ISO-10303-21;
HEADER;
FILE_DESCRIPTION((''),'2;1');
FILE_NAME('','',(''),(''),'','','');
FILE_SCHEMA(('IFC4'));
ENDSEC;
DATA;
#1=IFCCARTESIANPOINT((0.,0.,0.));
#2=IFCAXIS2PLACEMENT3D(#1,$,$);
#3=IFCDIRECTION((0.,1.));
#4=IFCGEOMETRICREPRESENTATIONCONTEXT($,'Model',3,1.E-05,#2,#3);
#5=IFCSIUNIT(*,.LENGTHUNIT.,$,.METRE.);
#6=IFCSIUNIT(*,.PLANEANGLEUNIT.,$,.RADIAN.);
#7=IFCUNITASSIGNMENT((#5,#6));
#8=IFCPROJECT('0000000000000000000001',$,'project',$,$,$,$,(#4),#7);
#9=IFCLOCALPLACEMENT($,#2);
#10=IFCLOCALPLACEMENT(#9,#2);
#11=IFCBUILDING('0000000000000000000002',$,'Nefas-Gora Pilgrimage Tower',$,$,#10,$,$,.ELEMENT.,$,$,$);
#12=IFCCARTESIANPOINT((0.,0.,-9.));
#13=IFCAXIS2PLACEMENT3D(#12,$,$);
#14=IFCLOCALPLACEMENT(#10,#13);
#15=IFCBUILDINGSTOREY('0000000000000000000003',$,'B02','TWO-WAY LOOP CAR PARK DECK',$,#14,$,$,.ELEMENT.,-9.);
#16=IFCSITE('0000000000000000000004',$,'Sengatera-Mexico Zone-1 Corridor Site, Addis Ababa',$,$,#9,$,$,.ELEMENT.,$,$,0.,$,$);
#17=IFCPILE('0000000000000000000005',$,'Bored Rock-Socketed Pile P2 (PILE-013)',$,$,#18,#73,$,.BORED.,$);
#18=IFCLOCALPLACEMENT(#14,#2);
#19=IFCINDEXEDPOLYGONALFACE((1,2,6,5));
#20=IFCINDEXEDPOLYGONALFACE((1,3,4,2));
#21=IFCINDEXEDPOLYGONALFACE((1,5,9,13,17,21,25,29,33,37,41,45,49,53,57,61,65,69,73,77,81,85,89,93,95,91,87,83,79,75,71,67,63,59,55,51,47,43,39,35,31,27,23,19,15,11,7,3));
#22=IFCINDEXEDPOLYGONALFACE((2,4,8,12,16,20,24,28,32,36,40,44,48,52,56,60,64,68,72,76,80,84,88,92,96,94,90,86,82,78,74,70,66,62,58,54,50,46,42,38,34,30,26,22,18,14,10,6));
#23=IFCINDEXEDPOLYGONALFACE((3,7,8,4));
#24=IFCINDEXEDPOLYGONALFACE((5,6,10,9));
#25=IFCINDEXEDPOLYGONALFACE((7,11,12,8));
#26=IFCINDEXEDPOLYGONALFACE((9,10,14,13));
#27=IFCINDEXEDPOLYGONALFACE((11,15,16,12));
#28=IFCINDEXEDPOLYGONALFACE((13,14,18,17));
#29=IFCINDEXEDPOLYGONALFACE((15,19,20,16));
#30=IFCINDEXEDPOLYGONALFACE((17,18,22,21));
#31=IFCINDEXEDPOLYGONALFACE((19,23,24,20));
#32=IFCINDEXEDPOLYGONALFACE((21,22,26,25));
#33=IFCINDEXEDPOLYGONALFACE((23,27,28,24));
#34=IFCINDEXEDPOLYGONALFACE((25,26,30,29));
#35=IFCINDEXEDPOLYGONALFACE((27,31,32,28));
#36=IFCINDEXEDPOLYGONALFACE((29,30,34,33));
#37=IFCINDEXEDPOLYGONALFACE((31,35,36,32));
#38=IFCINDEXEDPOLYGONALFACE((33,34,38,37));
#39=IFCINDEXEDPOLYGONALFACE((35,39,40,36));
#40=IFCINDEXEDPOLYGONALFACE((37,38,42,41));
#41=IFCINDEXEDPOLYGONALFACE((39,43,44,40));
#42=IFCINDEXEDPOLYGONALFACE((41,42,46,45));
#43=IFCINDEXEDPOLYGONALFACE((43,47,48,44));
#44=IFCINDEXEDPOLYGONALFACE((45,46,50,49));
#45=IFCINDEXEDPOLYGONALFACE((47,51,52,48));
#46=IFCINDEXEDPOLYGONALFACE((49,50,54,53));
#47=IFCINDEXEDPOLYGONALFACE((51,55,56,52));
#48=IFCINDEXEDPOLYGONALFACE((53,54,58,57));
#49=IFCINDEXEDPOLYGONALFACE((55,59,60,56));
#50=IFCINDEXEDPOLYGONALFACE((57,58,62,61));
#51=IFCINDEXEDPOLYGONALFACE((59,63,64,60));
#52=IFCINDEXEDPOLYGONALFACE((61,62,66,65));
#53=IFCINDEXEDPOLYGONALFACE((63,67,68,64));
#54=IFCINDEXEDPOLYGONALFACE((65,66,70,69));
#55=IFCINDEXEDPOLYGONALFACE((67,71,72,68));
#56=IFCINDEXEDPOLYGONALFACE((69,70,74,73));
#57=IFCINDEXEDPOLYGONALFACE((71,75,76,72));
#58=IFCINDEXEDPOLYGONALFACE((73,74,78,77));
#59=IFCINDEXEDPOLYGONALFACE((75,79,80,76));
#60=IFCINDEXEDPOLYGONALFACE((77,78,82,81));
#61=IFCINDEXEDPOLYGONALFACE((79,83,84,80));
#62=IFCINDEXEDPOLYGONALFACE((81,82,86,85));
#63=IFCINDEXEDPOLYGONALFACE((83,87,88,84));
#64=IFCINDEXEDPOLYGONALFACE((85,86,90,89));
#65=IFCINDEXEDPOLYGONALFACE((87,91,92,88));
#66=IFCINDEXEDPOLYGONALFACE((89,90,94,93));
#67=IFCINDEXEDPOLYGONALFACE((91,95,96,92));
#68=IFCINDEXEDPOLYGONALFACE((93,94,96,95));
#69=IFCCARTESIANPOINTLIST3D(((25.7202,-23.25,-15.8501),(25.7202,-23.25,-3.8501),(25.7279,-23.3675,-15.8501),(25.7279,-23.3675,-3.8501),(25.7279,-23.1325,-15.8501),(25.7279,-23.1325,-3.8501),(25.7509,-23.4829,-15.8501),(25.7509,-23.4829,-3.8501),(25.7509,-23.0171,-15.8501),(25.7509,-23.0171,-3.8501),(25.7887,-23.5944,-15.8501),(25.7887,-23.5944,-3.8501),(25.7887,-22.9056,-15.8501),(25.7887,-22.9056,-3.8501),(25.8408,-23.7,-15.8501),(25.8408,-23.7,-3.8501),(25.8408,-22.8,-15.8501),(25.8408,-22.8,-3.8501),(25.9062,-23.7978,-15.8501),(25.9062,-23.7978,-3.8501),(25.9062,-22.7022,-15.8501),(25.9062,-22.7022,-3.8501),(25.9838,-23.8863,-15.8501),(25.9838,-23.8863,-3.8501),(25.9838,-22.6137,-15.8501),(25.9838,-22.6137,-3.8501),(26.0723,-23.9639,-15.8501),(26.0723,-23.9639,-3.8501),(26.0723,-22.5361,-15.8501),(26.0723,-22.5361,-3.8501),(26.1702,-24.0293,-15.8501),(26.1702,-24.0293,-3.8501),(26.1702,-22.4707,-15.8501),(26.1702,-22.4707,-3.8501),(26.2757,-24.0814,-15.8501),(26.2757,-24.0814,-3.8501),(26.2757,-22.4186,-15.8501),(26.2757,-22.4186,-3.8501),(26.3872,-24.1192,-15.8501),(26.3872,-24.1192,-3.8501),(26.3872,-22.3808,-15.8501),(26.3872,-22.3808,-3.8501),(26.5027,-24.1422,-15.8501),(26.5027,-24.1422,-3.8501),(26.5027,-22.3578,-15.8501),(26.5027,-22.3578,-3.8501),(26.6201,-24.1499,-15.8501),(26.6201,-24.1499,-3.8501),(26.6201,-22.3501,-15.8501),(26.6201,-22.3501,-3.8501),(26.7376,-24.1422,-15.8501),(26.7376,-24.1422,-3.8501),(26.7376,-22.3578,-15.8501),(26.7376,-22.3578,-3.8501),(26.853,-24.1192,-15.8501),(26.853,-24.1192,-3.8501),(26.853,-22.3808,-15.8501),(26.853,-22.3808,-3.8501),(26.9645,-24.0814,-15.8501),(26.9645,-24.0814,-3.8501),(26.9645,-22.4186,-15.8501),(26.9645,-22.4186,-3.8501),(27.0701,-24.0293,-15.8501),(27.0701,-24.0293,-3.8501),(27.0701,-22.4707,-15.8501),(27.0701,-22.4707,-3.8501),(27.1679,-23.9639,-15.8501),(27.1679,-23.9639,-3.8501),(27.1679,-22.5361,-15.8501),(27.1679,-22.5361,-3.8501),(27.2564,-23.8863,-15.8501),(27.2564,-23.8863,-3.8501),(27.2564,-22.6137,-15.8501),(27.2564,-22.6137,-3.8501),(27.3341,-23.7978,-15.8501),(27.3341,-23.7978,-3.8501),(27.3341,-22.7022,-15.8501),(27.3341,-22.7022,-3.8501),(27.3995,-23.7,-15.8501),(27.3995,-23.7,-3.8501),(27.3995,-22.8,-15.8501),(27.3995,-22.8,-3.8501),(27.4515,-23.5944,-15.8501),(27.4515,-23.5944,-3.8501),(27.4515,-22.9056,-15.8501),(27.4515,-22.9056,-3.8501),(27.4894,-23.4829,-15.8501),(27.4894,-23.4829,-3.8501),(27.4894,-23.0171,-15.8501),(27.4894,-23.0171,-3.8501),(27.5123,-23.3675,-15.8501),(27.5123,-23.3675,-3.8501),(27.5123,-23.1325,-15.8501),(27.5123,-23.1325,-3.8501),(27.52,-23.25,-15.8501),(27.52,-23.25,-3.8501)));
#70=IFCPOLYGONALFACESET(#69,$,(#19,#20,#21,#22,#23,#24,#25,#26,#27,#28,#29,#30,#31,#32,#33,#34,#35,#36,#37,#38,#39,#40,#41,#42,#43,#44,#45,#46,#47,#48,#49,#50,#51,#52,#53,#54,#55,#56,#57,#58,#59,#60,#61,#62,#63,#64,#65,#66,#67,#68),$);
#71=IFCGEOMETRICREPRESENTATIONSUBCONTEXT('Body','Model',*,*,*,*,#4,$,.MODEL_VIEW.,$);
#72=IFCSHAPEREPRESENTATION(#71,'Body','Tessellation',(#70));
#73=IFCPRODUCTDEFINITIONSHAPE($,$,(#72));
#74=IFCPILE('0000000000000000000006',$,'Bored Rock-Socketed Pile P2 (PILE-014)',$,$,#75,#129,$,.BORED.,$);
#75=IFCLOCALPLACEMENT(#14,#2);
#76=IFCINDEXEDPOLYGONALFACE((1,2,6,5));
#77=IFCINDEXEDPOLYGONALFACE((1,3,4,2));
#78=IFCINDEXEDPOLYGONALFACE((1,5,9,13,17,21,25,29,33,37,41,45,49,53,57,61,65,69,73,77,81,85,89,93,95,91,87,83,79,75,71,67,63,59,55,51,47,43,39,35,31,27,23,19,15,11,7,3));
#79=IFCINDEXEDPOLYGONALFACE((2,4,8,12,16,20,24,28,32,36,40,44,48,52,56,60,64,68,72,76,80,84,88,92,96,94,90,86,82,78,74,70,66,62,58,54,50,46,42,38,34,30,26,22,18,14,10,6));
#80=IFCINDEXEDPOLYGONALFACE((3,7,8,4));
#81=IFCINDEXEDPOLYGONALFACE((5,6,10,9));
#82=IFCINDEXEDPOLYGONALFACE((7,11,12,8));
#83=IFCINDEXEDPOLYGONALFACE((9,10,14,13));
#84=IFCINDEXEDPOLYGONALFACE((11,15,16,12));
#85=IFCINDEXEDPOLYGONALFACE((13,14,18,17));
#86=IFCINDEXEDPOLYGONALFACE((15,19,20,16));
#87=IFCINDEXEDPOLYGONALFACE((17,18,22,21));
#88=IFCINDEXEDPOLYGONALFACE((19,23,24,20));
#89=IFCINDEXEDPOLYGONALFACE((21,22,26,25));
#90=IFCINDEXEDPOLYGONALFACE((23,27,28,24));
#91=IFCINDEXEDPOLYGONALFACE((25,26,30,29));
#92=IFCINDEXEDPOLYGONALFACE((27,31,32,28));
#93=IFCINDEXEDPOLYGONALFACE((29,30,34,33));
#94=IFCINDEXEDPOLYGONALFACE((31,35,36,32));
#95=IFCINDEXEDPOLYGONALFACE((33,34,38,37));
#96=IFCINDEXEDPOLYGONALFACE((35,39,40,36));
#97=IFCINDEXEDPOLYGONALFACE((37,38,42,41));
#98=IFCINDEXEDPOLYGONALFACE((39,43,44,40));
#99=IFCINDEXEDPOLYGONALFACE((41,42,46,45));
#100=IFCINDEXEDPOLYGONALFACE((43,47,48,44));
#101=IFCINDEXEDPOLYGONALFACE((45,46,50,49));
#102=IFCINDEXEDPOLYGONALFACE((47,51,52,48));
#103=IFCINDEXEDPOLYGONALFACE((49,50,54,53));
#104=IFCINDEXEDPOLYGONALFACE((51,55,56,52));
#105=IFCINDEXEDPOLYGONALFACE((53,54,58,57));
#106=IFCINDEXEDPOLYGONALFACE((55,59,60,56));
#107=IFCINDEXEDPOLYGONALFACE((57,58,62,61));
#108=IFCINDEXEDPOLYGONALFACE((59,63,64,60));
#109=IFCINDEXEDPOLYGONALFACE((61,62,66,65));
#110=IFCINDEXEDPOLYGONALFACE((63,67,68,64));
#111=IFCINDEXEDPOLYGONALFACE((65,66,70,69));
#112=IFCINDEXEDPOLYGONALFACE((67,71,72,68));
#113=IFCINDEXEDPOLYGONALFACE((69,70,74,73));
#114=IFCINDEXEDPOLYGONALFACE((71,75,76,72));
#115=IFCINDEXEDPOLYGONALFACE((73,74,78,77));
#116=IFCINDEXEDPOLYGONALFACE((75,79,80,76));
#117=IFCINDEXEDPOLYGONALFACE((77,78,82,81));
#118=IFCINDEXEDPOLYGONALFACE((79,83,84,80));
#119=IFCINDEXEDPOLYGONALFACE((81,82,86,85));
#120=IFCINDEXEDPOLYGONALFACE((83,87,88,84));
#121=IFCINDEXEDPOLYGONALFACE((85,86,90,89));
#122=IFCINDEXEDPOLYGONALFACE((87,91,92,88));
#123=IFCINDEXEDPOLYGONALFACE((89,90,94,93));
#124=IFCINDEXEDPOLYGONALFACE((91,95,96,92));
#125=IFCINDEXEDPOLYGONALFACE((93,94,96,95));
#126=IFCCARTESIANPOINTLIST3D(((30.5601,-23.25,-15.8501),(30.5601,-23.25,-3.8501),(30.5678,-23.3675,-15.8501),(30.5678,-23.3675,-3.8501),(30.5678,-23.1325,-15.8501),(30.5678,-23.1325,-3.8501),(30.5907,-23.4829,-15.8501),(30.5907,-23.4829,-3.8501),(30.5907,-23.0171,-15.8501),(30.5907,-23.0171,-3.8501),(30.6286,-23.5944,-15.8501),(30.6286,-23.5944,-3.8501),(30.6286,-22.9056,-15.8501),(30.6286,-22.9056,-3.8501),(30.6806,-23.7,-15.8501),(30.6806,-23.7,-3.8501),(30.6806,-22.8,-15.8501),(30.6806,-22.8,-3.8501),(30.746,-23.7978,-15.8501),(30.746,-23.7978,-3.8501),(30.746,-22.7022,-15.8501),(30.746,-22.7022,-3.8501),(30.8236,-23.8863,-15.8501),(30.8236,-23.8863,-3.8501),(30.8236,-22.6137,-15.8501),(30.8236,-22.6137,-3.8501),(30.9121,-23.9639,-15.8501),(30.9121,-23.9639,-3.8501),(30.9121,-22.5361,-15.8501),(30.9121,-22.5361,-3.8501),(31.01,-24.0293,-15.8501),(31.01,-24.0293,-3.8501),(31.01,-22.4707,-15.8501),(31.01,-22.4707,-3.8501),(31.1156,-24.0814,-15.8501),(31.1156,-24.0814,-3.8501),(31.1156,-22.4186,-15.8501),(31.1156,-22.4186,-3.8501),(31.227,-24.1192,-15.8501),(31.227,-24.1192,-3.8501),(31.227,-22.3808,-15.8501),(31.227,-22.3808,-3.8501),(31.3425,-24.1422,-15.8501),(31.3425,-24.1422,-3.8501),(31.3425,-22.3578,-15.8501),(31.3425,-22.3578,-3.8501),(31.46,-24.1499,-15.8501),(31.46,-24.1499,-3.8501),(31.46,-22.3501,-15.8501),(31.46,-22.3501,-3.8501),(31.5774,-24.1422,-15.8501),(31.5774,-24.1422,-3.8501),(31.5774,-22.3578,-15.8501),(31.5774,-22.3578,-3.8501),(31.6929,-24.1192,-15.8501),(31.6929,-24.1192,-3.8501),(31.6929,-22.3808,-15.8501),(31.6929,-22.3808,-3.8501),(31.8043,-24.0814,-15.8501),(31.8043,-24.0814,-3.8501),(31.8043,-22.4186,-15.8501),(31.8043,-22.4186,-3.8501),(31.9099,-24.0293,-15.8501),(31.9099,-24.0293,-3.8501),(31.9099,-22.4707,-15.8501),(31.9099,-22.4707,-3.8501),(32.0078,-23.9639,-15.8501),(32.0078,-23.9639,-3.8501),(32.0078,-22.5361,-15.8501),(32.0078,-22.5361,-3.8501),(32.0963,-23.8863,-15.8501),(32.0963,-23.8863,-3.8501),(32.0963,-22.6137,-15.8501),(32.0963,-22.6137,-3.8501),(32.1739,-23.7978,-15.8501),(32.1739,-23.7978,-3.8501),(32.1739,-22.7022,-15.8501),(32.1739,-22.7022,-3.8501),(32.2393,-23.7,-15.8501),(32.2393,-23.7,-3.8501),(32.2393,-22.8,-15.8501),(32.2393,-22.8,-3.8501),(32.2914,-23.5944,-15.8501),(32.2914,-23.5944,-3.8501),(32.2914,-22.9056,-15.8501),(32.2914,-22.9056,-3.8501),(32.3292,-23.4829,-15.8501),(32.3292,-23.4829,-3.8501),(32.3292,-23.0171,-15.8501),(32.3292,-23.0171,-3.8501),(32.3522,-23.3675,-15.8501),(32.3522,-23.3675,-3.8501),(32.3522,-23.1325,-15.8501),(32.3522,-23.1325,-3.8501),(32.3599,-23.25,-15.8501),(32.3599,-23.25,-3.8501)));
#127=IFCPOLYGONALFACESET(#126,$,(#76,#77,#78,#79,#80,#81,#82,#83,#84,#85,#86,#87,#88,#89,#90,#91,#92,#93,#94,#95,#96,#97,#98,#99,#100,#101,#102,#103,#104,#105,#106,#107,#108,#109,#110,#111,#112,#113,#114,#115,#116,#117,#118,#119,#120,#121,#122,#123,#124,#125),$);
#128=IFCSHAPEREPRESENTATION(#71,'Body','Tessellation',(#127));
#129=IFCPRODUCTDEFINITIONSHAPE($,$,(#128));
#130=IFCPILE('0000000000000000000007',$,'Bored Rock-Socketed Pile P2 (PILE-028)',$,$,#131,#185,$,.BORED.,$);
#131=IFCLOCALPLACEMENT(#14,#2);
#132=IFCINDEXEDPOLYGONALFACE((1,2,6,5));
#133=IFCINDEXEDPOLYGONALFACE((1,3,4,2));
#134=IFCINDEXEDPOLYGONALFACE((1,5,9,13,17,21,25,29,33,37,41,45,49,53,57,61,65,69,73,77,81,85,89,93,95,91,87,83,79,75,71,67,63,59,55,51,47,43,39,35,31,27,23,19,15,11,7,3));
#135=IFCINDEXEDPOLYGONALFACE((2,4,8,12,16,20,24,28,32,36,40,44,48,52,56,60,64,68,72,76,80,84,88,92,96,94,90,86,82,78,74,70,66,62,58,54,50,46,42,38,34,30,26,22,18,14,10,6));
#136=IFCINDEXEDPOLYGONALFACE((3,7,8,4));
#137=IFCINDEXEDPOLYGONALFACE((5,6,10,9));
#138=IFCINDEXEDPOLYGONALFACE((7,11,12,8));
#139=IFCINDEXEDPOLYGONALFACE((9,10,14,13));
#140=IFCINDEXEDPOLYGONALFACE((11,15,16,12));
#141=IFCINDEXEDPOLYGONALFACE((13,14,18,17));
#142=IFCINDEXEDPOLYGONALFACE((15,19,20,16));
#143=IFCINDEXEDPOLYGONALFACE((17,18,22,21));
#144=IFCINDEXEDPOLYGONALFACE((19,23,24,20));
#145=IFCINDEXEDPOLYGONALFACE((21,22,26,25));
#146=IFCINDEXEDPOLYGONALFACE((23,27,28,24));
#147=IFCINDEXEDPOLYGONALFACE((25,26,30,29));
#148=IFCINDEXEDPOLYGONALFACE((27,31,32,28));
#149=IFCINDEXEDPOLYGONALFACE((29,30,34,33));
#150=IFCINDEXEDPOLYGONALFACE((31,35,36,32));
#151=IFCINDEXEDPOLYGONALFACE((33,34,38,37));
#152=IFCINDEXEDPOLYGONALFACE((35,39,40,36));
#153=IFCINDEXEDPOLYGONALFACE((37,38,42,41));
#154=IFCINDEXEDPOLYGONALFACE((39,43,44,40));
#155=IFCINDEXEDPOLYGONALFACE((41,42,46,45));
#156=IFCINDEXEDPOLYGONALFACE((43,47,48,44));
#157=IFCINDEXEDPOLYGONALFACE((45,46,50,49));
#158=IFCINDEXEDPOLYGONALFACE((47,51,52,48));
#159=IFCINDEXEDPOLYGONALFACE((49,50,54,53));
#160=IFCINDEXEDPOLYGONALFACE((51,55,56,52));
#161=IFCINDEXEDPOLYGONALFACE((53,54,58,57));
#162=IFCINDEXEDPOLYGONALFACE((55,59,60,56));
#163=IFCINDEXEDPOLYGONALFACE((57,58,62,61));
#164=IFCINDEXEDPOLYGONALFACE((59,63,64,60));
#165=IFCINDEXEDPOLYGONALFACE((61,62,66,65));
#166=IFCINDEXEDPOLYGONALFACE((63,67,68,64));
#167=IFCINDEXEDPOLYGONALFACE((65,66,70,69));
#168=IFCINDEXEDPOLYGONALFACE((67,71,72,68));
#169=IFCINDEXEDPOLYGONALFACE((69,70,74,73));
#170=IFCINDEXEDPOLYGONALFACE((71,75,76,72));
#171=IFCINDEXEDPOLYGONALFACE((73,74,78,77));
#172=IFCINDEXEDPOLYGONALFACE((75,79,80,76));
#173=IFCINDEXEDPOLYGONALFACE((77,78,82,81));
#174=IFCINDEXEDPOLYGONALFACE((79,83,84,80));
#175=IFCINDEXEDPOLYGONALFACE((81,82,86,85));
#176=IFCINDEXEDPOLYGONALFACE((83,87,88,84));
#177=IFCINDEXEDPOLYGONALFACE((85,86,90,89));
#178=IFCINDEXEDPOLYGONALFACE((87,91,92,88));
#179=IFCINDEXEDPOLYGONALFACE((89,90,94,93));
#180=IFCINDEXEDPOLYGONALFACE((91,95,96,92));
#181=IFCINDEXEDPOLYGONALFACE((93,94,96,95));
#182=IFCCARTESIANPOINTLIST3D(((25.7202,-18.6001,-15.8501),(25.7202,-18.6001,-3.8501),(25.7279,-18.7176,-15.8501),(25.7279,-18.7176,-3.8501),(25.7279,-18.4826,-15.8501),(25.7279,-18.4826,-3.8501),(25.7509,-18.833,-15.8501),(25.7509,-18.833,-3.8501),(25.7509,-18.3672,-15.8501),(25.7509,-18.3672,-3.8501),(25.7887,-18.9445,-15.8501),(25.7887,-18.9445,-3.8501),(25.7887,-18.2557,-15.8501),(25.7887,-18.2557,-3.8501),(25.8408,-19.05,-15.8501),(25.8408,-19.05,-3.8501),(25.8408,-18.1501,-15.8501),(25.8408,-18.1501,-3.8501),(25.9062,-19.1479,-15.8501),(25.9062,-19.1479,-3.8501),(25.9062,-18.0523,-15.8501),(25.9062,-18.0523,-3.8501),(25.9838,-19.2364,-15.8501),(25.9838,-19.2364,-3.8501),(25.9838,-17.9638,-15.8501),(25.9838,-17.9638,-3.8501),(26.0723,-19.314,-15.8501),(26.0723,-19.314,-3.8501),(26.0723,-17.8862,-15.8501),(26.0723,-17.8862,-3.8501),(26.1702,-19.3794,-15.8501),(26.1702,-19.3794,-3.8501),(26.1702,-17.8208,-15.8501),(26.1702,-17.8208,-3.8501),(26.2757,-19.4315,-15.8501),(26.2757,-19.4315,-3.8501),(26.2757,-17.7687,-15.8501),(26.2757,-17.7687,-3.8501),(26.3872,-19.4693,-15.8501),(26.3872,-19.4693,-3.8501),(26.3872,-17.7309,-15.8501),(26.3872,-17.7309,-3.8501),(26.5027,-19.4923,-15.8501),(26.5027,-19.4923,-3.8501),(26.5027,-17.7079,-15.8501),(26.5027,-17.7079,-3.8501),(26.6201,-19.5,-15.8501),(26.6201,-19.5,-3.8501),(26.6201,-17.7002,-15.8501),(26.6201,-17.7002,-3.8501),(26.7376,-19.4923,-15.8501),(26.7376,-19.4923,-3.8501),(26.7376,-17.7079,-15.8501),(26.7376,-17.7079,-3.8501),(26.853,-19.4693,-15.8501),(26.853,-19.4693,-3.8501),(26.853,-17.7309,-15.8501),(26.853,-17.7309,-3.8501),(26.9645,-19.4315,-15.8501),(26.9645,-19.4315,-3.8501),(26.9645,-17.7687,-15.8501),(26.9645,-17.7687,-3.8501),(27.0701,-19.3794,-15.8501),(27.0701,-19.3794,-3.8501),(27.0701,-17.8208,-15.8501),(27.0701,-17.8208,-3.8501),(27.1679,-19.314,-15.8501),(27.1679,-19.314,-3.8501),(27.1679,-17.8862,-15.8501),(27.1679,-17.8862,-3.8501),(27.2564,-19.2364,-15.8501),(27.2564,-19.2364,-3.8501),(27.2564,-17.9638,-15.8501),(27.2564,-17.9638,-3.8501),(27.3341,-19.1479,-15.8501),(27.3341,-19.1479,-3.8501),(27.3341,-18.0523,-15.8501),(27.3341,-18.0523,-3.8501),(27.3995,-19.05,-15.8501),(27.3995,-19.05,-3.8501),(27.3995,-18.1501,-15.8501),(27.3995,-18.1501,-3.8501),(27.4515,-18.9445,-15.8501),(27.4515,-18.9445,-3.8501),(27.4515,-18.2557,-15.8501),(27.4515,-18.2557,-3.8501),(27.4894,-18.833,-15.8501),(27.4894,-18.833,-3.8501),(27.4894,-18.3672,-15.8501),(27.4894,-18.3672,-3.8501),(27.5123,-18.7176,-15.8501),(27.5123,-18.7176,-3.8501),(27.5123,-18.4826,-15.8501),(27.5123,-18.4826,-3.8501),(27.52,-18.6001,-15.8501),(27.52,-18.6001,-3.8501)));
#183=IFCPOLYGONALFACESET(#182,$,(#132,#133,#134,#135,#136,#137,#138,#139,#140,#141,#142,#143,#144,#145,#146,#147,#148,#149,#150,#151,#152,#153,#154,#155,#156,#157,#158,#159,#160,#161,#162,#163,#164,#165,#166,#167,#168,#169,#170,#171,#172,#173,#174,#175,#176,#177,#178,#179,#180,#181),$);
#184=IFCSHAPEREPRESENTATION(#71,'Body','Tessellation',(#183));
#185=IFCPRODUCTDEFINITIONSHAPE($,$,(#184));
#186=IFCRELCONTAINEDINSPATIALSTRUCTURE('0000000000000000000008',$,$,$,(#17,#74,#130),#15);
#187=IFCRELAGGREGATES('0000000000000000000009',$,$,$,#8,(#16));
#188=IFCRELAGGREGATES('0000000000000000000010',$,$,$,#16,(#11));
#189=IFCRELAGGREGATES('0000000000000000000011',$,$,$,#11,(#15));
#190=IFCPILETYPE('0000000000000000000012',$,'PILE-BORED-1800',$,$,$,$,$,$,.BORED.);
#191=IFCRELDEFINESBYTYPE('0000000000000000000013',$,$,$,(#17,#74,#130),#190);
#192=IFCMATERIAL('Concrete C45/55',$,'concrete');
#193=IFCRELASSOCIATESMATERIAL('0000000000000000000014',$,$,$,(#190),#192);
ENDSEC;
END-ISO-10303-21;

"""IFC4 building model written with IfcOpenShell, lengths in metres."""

from ifc_helpers import new_model, si_unit, direction, frame, origin, origin_2d, place, context, subcontext, project, spatial, circle, extrude, source, transform, mapped, material, material_profile, profile_set, type_object, element, save


model = new_model("IFC4")

# Units and contexts
model_context = context("Model", 3, precision=1e-05, world=origin(), true_north=direction((0.0, 1.0)))
body_context = subcontext(model_context, "Body", "Model", "MODEL_VIEW")
ifc_project = project(units=[si_unit("LENGTHUNIT", "METRE"), si_unit("PLANEANGLEUNIT", "RADIAN")], contexts=[model_context])

# Site, building, storey
site_placement = place(None, origin())
site = spatial("IfcSite", under=ifc_project, at=site_placement, Name="Sengatera-Mexico Zone-1 Corridor Site, Addis Ababa", CompositionType="ELEMENT", RefElevation=0.0)
building_placement = place(site_placement, origin())
building = spatial("IfcBuilding", under=site, at=building_placement, Name="Nefas-Gora Pilgrimage Tower", CompositionType="ELEMENT")
storey_placement = place(building_placement, frame((0.0, 0.0, -9.0)))
storey = spatial("IfcBuildingStorey", under=building, at=storey_placement, Name="B02", Description="TWO-WAY LOOP CAR PARK DECK", CompositionType="ELEMENT", Elevation=-9.0)

# Piles
ifc_material_1 = material(Name="Concrete C45/55", Category="concrete")
ifc_material_profile_1 = material_profile(ifc_material_1, circle(Radius=0.8999, at=origin_2d()), Name="PILE D1800")
ifc_profile_set_1 = profile_set([ifc_material_profile_1], Name="Concrete C45/55")
pile_type_1 = type_object("IfcPileType", Name="PILE-BORED-1800", PredefinedType="BORED", material=ifc_profile_set_1)
shared_shape_1 = source(origin(), body_context, "Body", "SweptSolid", [
    extrude(circle(Radius=0.8999, at=origin_2d()), origin(), (0.0, 0.0, 1.0), 12.0),
])
for number, where, z_axis, x_axis, name in (
    (1, (26.6201, -23.25, -3.8501), (0.0, 0.0, -1.0), (1.0, 0.0, 0.0), "Bored Rock-Socketed Pile P2 (PILE-013)"),
    (2, (31.46, -23.25, -3.8501), (0.0, 0.0, -1.0), (1.0, 0.0, 0.0), "Bored Rock-Socketed Pile P2 (PILE-014)"),
    (3, (26.6201, -18.6001, -3.8501), (0.0, 0.0, -1.0), (1.0, 0.0, 0.0), "Bored Rock-Socketed Pile P2 (PILE-028)"),
):
    element("IfcPile", number, at=place(storey_placement, frame(where, z_axis=z_axis, x_axis=x_axis)), inside=storey, type_object=pile_type_1, Name=name, PredefinedType="BORED", context=body_context, shape_type="MappedRepresentation", body=[
        mapped(shared_shape_1, transform((0.0, 0.0, 0.0), x_axis=(1.0, 0.0, 0.0), y_axis=(0.0, 1.0, 0.0), z_axis=(0.0, 0.0, 1.0), scale=1.0)),
    ])

save(model, "model.ifc")
